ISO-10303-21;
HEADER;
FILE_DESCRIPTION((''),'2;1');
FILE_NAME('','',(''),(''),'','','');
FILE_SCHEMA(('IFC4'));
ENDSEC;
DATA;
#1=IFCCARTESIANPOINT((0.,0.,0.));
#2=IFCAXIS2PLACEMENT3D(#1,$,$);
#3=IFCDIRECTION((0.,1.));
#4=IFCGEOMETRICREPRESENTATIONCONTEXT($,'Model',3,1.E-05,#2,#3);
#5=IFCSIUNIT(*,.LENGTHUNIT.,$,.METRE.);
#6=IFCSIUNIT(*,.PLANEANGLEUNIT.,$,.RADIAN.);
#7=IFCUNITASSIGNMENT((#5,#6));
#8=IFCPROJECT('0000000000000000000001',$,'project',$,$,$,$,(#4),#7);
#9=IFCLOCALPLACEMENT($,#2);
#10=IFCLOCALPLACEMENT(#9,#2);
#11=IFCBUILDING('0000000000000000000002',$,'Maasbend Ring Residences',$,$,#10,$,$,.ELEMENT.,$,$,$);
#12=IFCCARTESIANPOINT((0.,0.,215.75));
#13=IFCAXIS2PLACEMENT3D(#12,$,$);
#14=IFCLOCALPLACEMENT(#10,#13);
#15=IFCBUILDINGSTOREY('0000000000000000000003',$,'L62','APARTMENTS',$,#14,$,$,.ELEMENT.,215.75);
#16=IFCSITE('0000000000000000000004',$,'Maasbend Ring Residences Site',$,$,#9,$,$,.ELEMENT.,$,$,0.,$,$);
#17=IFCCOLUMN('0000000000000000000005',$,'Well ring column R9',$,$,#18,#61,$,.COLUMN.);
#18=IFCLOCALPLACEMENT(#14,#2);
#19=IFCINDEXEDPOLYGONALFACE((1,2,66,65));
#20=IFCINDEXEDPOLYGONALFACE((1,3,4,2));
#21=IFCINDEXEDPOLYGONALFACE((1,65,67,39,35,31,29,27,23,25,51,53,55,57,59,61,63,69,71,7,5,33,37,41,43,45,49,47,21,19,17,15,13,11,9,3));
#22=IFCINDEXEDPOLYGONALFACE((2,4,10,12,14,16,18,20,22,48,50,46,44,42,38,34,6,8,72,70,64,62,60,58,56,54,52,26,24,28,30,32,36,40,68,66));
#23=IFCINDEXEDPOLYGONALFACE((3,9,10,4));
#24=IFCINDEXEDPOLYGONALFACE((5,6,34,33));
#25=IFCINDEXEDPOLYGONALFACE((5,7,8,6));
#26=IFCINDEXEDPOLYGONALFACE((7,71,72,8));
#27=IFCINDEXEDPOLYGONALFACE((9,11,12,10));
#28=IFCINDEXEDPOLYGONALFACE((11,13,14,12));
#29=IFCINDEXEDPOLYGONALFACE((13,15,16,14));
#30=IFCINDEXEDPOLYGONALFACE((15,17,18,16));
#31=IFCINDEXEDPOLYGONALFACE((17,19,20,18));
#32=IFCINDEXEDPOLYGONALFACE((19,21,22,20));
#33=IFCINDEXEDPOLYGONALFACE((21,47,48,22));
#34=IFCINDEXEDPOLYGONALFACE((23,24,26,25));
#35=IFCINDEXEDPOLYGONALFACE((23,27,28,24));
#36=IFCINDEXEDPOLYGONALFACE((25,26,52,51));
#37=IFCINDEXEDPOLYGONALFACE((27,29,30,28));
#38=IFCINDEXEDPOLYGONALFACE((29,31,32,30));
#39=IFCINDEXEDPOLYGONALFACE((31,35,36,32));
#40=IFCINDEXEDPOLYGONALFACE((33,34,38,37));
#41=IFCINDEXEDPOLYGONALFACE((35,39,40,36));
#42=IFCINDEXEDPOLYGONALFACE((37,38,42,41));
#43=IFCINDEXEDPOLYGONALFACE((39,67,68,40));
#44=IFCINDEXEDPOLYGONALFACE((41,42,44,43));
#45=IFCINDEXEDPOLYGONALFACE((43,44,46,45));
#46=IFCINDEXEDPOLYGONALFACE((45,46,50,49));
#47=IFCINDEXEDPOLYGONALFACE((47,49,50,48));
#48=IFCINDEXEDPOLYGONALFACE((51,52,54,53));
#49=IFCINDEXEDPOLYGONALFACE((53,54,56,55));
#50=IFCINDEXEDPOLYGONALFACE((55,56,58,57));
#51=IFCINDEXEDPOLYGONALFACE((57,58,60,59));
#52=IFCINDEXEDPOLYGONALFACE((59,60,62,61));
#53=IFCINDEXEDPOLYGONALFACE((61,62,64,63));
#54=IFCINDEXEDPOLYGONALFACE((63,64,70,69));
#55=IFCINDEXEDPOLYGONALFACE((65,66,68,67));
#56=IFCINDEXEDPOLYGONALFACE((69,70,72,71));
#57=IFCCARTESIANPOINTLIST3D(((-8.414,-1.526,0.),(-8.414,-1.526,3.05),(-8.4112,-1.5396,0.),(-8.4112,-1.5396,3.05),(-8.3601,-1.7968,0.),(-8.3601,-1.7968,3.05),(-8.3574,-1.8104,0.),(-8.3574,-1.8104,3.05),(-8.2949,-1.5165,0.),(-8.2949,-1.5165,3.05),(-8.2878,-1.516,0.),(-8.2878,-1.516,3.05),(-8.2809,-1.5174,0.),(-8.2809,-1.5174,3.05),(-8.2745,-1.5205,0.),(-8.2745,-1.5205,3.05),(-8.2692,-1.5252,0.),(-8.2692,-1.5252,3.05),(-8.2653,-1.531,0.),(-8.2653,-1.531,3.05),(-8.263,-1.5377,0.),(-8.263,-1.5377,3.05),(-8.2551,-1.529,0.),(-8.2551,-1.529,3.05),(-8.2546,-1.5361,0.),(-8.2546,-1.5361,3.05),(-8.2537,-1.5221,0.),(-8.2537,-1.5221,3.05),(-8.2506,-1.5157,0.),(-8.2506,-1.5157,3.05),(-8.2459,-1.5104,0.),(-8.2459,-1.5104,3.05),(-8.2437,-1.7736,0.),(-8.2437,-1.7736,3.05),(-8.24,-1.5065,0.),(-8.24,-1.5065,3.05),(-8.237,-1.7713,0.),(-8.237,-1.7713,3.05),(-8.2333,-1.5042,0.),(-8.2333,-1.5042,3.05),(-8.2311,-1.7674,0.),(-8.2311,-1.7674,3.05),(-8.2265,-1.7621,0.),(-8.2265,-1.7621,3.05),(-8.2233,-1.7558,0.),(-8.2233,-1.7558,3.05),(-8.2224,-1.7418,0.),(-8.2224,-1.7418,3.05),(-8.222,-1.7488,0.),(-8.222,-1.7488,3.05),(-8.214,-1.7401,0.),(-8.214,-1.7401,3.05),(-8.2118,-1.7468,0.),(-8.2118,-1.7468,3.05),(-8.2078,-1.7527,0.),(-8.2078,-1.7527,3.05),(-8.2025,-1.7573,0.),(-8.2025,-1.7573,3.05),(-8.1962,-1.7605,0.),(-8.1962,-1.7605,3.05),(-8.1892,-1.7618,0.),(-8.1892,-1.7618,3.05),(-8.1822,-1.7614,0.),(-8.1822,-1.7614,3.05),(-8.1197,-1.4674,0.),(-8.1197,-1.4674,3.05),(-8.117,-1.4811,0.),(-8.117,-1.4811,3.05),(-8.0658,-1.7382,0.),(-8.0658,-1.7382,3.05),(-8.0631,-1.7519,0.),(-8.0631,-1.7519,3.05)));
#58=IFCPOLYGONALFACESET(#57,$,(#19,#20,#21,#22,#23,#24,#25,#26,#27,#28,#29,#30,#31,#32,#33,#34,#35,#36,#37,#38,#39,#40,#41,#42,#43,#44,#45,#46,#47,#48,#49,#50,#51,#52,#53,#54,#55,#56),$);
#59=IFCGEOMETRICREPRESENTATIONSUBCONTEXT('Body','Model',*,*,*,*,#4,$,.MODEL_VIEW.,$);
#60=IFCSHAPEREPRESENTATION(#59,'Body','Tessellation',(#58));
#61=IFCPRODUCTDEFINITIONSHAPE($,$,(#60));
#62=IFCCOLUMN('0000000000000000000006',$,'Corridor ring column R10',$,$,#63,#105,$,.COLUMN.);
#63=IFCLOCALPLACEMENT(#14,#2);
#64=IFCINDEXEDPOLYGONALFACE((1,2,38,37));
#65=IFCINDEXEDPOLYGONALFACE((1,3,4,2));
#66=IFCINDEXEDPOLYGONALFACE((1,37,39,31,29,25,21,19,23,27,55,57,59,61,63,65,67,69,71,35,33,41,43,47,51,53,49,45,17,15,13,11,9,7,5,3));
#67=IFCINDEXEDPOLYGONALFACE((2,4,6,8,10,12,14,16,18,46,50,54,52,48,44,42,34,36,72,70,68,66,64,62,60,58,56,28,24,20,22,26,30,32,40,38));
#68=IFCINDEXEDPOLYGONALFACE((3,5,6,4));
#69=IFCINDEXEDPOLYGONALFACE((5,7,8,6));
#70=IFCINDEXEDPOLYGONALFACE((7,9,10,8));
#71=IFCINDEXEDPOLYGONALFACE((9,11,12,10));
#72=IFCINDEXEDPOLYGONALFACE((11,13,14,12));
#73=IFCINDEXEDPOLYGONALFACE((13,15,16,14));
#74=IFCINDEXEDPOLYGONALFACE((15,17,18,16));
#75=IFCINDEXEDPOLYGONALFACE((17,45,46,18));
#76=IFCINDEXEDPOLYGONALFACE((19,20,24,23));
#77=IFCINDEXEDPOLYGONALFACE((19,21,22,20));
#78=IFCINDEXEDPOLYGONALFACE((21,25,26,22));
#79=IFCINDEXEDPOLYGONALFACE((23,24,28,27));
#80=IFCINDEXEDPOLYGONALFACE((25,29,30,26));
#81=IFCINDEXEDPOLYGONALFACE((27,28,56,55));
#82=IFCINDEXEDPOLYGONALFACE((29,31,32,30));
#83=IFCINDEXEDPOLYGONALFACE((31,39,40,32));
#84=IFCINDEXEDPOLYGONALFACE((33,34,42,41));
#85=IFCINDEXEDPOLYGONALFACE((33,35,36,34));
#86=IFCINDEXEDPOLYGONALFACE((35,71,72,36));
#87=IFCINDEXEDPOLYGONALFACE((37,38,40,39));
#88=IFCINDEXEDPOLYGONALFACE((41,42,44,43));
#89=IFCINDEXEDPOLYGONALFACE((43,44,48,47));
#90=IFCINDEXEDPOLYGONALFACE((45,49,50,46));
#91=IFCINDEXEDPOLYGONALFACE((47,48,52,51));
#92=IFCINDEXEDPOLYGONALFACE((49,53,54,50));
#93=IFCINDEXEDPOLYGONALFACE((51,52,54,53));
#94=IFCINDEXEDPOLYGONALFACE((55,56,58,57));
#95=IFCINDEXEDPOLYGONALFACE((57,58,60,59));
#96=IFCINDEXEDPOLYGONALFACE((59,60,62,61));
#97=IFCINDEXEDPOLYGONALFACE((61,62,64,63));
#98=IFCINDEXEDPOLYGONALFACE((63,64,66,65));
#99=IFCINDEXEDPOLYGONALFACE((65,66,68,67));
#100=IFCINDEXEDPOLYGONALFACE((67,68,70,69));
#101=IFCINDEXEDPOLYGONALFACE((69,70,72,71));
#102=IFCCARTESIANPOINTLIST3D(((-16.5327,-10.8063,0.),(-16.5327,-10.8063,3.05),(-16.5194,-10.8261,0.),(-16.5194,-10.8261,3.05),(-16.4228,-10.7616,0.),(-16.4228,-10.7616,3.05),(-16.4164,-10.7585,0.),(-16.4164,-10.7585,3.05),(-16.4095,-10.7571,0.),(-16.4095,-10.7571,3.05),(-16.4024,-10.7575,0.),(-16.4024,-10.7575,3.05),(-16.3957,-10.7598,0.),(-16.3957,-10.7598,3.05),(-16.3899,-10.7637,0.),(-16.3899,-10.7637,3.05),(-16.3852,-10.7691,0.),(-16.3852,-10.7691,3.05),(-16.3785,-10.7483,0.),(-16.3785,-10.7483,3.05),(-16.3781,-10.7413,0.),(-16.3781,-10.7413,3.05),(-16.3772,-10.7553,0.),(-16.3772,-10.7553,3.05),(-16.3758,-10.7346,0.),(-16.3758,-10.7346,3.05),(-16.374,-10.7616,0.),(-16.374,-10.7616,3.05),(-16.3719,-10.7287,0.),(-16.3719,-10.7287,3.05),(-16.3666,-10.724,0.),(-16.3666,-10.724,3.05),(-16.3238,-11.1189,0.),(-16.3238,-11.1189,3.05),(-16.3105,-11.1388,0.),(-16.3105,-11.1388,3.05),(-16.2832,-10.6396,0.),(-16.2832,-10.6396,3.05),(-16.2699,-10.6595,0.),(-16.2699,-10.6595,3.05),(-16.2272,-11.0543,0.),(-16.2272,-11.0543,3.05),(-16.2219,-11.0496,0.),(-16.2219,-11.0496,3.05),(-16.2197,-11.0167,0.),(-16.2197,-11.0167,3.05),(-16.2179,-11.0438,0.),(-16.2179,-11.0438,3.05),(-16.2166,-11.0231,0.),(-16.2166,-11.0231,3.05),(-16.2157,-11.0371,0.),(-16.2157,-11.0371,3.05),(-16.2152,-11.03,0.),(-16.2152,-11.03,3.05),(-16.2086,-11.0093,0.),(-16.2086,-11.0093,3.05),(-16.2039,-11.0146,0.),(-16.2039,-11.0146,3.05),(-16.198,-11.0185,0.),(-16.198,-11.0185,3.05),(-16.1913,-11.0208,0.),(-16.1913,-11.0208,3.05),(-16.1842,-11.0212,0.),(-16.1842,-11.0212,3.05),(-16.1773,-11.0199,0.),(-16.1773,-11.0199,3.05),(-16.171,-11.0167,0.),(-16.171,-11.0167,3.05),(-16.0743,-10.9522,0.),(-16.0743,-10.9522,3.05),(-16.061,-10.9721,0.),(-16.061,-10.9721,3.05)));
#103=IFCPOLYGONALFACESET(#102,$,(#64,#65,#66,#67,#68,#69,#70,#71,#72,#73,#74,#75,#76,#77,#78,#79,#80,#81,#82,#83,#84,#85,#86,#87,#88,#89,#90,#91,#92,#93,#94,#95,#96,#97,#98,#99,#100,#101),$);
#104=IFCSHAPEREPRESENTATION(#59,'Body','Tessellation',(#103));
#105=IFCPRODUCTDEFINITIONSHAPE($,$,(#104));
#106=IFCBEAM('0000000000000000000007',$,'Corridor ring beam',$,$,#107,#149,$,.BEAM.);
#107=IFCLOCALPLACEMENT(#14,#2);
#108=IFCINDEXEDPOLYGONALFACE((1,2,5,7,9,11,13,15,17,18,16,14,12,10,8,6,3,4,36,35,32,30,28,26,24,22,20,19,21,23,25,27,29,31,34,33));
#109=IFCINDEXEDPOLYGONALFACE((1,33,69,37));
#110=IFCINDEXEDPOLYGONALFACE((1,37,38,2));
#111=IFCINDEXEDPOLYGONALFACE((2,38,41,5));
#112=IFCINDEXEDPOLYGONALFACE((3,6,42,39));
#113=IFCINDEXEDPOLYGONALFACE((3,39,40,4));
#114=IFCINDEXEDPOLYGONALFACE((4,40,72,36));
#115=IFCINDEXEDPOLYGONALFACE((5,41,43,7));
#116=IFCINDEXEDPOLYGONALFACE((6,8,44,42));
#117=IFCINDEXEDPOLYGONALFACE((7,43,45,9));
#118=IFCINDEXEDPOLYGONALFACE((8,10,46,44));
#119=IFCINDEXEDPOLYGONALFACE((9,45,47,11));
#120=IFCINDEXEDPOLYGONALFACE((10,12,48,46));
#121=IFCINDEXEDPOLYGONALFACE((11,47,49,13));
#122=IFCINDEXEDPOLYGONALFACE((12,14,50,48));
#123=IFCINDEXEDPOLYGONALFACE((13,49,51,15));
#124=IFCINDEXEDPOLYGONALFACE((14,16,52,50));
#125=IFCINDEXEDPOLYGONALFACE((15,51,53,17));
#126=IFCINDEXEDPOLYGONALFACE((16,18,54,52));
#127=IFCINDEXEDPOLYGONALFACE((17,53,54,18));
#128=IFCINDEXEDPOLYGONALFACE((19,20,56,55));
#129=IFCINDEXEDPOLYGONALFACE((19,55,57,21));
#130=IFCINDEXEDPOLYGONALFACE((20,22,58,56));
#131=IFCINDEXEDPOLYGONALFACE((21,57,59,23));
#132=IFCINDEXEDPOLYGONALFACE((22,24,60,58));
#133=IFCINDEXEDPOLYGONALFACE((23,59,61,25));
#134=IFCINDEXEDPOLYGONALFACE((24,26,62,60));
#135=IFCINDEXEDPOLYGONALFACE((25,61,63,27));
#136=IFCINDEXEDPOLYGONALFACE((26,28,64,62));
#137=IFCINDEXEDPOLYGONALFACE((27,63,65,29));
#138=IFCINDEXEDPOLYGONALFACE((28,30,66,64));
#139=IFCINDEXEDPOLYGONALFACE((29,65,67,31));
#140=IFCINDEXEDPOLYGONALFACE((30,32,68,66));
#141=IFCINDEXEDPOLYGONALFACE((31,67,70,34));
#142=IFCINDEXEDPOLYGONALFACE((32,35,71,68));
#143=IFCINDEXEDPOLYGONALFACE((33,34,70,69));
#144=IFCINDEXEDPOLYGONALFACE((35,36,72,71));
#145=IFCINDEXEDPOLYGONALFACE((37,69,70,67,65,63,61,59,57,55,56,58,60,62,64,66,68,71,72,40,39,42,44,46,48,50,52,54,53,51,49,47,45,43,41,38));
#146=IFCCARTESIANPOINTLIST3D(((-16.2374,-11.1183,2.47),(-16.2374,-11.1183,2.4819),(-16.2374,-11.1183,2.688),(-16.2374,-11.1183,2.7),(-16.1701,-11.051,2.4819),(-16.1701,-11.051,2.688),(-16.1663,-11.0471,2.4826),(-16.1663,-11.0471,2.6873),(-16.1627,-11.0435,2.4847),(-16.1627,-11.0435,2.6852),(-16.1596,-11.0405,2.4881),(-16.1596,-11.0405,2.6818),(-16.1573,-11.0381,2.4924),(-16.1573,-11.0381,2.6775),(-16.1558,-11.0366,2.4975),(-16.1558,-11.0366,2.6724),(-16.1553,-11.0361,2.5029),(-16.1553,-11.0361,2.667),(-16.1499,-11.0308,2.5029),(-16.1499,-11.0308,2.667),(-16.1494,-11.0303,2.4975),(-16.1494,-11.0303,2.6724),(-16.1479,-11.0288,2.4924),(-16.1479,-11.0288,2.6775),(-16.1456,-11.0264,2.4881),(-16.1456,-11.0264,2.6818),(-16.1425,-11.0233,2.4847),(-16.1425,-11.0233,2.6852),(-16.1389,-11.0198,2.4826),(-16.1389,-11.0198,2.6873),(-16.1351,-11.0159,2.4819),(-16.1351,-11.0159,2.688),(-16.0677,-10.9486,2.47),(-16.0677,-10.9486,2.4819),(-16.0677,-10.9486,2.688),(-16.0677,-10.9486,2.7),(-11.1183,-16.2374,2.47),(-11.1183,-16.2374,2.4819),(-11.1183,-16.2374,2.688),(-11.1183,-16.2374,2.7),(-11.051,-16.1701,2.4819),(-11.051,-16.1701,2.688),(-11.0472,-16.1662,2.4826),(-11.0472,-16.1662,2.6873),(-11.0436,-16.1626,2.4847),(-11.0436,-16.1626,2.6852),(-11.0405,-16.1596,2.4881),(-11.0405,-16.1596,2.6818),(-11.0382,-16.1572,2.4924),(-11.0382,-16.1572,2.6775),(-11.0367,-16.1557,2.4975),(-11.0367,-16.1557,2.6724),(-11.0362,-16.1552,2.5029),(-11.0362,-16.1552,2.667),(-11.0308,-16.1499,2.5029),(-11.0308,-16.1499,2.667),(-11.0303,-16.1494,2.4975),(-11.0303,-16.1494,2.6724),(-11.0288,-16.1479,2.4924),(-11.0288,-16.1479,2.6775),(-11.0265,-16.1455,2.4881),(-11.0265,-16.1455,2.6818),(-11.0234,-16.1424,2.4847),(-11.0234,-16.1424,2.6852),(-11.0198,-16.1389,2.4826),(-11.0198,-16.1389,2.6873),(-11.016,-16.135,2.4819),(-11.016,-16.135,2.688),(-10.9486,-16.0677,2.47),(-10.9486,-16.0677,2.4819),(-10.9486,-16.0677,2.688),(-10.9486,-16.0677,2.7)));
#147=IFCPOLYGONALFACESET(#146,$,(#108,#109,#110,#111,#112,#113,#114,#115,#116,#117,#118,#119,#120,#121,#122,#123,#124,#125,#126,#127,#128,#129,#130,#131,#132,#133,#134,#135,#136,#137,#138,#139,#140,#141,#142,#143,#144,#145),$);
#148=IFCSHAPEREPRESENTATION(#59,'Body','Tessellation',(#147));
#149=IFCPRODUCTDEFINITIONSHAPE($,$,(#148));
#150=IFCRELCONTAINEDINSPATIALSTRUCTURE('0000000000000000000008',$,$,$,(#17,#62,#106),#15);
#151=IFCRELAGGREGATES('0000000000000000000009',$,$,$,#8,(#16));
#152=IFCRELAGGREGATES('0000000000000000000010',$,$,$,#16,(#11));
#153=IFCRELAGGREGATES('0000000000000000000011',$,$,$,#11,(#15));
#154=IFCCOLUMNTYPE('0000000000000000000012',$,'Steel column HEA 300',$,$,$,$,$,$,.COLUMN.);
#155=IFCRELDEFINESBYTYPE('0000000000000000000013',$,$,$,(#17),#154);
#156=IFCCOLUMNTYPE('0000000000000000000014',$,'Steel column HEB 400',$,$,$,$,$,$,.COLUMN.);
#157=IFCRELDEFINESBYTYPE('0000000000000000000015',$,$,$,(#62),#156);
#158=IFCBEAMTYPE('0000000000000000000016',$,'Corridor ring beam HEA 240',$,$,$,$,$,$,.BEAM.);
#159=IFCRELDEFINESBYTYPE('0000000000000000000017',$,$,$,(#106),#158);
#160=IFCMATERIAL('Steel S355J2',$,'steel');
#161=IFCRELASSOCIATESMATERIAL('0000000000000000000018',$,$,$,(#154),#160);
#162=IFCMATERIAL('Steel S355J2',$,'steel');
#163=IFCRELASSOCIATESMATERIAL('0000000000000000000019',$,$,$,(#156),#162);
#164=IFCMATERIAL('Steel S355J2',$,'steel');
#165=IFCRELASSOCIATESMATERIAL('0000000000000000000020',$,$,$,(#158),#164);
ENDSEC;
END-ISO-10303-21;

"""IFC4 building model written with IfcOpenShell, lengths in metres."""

from ifc_helpers import new_model, si_unit, direction, frame, origin, origin_2d, place, context, subcontext, project, spatial, i_section, extrude, material, material_profile, profile_set, type_object, element, save


model = new_model("IFC4")

# Units and contexts
model_context = context("Model", 3, precision=1e-05, world=origin(), true_north=direction((0.0, 1.0)))
body_context = subcontext(model_context, "Body", "Model", "MODEL_VIEW")
ifc_project = project(units=[si_unit("LENGTHUNIT", "METRE"), si_unit("PLANEANGLEUNIT", "RADIAN")], contexts=[model_context])

# Site, building, storey
site_placement = place(None, origin())
site = spatial("IfcSite", under=ifc_project, at=site_placement, Name="Maasbend Ring Residences Site", CompositionType="ELEMENT", RefElevation=0.0)
building_placement = place(site_placement, origin())
building = spatial("IfcBuilding", under=site, at=building_placement, Name="Maasbend Ring Residences", CompositionType="ELEMENT")
storey_placement = place(building_placement, frame((0.0, 0.0, 215.75)))
storey = spatial("IfcBuildingStorey", under=building, at=storey_placement, Name="L62", Description="APARTMENTS", CompositionType="ELEMENT", Elevation=215.75)

# Columns
ifc_material_1 = material(Name="Steel S355J2", Category="steel")
ifc_material_profile_1 = material_profile(ifc_material_1, i_section(OverallWidth=0.3, OverallDepth=0.29, WebThickness=0.0085, FlangeThickness=0.0139, FilletRadius=0.0271, at=origin_2d()), Name="HEA 300")
ifc_profile_set_1 = profile_set([ifc_material_profile_1], Name="Steel S355J2")
column_type_1 = type_object("IfcColumnType", Name="Steel column HEA 300", PredefinedType="COLUMN", material=ifc_profile_set_1)
column_1_placement = place(storey_placement, frame((-8.2385, -1.6389, 0.0), z_axis=(0.0, 0.0, 1.0), x_axis=(-0.980785, -0.19509, 0.0)))
element("IfcColumn", 1, at=column_1_placement, inside=storey, type_object=column_type_1, Name="Well ring column R9", PredefinedType="COLUMN", context=body_context, shape_type="SweptSolid", body=[
    extrude(i_section(OverallWidth=0.3, OverallDepth=0.29, WebThickness=0.0085, FlangeThickness=0.0139, FilletRadius=0.0271, at=origin_2d()), origin(), (0.0, 0.0, 1.0), 3.05),
])
ifc_material_2 = material(Name="Steel S355J2", Category="steel")
ifc_material_profile_2 = material_profile(ifc_material_2, i_section(OverallWidth=0.3, OverallDepth=0.3999, WebThickness=0.0134, FlangeThickness=0.0239, FilletRadius=0.0271, at=origin_2d()), Name="HEB 400")
ifc_profile_set_2 = profile_set([ifc_material_profile_2], Name="Steel S355J2")
column_type_2 = type_object("IfcColumnType", Name="Steel column HEB 400", PredefinedType="COLUMN", material=ifc_profile_set_2)
column_2_placement = place(storey_placement, frame((-16.2969, -10.8892, 0.0), z_axis=(0.0, 0.0, 1.0), x_axis=(-0.83147, -0.55557, 0.0)))
element("IfcColumn", 2, at=column_2_placement, inside=storey, type_object=column_type_2, Name="Corridor ring column R10", PredefinedType="COLUMN", context=body_context, shape_type="SweptSolid", body=[
    extrude(i_section(OverallWidth=0.3, OverallDepth=0.3999, WebThickness=0.0134, FlangeThickness=0.0239, FilletRadius=0.0271, at=origin_2d()), origin(), (0.0, 0.0, 1.0), 3.05),
])

# Beam
ifc_material_3 = material(Name="Steel S355J2", Category="steel")
ifc_material_profile_3 = material_profile(ifc_material_3, i_section(OverallWidth=0.24, OverallDepth=0.23, WebThickness=0.0076, FlangeThickness=0.012, FilletRadius=0.021, at=origin_2d()), Name="HEA 240")
ifc_profile_set_3 = profile_set([ifc_material_profile_3], Name="Steel S355J2")
beam_type_1 = type_object("IfcBeamType", Name="Corridor ring beam HEA 240", PredefinedType="BEAM", material=ifc_profile_set_3)
beam_1_placement = place(storey_placement, frame((-16.1526, -11.0334, 2.585), z_axis=(0.707107, -0.707107, 0.0), x_axis=(0.707107, 0.707107, 0.0)))
element("IfcBeam", 3, at=beam_1_placement, inside=storey, type_object=beam_type_1, Name="Corridor ring beam", PredefinedType="BEAM", context=body_context, shape_type="SweptSolid", body=[
    extrude(i_section(OverallWidth=0.24, OverallDepth=0.23, WebThickness=0.0076, FlangeThickness=0.012, FilletRadius=0.021, at=origin_2d()), origin(), (0.0, 0.0, 1.0), 7.2395),
])

save(model, "model.ifc")
